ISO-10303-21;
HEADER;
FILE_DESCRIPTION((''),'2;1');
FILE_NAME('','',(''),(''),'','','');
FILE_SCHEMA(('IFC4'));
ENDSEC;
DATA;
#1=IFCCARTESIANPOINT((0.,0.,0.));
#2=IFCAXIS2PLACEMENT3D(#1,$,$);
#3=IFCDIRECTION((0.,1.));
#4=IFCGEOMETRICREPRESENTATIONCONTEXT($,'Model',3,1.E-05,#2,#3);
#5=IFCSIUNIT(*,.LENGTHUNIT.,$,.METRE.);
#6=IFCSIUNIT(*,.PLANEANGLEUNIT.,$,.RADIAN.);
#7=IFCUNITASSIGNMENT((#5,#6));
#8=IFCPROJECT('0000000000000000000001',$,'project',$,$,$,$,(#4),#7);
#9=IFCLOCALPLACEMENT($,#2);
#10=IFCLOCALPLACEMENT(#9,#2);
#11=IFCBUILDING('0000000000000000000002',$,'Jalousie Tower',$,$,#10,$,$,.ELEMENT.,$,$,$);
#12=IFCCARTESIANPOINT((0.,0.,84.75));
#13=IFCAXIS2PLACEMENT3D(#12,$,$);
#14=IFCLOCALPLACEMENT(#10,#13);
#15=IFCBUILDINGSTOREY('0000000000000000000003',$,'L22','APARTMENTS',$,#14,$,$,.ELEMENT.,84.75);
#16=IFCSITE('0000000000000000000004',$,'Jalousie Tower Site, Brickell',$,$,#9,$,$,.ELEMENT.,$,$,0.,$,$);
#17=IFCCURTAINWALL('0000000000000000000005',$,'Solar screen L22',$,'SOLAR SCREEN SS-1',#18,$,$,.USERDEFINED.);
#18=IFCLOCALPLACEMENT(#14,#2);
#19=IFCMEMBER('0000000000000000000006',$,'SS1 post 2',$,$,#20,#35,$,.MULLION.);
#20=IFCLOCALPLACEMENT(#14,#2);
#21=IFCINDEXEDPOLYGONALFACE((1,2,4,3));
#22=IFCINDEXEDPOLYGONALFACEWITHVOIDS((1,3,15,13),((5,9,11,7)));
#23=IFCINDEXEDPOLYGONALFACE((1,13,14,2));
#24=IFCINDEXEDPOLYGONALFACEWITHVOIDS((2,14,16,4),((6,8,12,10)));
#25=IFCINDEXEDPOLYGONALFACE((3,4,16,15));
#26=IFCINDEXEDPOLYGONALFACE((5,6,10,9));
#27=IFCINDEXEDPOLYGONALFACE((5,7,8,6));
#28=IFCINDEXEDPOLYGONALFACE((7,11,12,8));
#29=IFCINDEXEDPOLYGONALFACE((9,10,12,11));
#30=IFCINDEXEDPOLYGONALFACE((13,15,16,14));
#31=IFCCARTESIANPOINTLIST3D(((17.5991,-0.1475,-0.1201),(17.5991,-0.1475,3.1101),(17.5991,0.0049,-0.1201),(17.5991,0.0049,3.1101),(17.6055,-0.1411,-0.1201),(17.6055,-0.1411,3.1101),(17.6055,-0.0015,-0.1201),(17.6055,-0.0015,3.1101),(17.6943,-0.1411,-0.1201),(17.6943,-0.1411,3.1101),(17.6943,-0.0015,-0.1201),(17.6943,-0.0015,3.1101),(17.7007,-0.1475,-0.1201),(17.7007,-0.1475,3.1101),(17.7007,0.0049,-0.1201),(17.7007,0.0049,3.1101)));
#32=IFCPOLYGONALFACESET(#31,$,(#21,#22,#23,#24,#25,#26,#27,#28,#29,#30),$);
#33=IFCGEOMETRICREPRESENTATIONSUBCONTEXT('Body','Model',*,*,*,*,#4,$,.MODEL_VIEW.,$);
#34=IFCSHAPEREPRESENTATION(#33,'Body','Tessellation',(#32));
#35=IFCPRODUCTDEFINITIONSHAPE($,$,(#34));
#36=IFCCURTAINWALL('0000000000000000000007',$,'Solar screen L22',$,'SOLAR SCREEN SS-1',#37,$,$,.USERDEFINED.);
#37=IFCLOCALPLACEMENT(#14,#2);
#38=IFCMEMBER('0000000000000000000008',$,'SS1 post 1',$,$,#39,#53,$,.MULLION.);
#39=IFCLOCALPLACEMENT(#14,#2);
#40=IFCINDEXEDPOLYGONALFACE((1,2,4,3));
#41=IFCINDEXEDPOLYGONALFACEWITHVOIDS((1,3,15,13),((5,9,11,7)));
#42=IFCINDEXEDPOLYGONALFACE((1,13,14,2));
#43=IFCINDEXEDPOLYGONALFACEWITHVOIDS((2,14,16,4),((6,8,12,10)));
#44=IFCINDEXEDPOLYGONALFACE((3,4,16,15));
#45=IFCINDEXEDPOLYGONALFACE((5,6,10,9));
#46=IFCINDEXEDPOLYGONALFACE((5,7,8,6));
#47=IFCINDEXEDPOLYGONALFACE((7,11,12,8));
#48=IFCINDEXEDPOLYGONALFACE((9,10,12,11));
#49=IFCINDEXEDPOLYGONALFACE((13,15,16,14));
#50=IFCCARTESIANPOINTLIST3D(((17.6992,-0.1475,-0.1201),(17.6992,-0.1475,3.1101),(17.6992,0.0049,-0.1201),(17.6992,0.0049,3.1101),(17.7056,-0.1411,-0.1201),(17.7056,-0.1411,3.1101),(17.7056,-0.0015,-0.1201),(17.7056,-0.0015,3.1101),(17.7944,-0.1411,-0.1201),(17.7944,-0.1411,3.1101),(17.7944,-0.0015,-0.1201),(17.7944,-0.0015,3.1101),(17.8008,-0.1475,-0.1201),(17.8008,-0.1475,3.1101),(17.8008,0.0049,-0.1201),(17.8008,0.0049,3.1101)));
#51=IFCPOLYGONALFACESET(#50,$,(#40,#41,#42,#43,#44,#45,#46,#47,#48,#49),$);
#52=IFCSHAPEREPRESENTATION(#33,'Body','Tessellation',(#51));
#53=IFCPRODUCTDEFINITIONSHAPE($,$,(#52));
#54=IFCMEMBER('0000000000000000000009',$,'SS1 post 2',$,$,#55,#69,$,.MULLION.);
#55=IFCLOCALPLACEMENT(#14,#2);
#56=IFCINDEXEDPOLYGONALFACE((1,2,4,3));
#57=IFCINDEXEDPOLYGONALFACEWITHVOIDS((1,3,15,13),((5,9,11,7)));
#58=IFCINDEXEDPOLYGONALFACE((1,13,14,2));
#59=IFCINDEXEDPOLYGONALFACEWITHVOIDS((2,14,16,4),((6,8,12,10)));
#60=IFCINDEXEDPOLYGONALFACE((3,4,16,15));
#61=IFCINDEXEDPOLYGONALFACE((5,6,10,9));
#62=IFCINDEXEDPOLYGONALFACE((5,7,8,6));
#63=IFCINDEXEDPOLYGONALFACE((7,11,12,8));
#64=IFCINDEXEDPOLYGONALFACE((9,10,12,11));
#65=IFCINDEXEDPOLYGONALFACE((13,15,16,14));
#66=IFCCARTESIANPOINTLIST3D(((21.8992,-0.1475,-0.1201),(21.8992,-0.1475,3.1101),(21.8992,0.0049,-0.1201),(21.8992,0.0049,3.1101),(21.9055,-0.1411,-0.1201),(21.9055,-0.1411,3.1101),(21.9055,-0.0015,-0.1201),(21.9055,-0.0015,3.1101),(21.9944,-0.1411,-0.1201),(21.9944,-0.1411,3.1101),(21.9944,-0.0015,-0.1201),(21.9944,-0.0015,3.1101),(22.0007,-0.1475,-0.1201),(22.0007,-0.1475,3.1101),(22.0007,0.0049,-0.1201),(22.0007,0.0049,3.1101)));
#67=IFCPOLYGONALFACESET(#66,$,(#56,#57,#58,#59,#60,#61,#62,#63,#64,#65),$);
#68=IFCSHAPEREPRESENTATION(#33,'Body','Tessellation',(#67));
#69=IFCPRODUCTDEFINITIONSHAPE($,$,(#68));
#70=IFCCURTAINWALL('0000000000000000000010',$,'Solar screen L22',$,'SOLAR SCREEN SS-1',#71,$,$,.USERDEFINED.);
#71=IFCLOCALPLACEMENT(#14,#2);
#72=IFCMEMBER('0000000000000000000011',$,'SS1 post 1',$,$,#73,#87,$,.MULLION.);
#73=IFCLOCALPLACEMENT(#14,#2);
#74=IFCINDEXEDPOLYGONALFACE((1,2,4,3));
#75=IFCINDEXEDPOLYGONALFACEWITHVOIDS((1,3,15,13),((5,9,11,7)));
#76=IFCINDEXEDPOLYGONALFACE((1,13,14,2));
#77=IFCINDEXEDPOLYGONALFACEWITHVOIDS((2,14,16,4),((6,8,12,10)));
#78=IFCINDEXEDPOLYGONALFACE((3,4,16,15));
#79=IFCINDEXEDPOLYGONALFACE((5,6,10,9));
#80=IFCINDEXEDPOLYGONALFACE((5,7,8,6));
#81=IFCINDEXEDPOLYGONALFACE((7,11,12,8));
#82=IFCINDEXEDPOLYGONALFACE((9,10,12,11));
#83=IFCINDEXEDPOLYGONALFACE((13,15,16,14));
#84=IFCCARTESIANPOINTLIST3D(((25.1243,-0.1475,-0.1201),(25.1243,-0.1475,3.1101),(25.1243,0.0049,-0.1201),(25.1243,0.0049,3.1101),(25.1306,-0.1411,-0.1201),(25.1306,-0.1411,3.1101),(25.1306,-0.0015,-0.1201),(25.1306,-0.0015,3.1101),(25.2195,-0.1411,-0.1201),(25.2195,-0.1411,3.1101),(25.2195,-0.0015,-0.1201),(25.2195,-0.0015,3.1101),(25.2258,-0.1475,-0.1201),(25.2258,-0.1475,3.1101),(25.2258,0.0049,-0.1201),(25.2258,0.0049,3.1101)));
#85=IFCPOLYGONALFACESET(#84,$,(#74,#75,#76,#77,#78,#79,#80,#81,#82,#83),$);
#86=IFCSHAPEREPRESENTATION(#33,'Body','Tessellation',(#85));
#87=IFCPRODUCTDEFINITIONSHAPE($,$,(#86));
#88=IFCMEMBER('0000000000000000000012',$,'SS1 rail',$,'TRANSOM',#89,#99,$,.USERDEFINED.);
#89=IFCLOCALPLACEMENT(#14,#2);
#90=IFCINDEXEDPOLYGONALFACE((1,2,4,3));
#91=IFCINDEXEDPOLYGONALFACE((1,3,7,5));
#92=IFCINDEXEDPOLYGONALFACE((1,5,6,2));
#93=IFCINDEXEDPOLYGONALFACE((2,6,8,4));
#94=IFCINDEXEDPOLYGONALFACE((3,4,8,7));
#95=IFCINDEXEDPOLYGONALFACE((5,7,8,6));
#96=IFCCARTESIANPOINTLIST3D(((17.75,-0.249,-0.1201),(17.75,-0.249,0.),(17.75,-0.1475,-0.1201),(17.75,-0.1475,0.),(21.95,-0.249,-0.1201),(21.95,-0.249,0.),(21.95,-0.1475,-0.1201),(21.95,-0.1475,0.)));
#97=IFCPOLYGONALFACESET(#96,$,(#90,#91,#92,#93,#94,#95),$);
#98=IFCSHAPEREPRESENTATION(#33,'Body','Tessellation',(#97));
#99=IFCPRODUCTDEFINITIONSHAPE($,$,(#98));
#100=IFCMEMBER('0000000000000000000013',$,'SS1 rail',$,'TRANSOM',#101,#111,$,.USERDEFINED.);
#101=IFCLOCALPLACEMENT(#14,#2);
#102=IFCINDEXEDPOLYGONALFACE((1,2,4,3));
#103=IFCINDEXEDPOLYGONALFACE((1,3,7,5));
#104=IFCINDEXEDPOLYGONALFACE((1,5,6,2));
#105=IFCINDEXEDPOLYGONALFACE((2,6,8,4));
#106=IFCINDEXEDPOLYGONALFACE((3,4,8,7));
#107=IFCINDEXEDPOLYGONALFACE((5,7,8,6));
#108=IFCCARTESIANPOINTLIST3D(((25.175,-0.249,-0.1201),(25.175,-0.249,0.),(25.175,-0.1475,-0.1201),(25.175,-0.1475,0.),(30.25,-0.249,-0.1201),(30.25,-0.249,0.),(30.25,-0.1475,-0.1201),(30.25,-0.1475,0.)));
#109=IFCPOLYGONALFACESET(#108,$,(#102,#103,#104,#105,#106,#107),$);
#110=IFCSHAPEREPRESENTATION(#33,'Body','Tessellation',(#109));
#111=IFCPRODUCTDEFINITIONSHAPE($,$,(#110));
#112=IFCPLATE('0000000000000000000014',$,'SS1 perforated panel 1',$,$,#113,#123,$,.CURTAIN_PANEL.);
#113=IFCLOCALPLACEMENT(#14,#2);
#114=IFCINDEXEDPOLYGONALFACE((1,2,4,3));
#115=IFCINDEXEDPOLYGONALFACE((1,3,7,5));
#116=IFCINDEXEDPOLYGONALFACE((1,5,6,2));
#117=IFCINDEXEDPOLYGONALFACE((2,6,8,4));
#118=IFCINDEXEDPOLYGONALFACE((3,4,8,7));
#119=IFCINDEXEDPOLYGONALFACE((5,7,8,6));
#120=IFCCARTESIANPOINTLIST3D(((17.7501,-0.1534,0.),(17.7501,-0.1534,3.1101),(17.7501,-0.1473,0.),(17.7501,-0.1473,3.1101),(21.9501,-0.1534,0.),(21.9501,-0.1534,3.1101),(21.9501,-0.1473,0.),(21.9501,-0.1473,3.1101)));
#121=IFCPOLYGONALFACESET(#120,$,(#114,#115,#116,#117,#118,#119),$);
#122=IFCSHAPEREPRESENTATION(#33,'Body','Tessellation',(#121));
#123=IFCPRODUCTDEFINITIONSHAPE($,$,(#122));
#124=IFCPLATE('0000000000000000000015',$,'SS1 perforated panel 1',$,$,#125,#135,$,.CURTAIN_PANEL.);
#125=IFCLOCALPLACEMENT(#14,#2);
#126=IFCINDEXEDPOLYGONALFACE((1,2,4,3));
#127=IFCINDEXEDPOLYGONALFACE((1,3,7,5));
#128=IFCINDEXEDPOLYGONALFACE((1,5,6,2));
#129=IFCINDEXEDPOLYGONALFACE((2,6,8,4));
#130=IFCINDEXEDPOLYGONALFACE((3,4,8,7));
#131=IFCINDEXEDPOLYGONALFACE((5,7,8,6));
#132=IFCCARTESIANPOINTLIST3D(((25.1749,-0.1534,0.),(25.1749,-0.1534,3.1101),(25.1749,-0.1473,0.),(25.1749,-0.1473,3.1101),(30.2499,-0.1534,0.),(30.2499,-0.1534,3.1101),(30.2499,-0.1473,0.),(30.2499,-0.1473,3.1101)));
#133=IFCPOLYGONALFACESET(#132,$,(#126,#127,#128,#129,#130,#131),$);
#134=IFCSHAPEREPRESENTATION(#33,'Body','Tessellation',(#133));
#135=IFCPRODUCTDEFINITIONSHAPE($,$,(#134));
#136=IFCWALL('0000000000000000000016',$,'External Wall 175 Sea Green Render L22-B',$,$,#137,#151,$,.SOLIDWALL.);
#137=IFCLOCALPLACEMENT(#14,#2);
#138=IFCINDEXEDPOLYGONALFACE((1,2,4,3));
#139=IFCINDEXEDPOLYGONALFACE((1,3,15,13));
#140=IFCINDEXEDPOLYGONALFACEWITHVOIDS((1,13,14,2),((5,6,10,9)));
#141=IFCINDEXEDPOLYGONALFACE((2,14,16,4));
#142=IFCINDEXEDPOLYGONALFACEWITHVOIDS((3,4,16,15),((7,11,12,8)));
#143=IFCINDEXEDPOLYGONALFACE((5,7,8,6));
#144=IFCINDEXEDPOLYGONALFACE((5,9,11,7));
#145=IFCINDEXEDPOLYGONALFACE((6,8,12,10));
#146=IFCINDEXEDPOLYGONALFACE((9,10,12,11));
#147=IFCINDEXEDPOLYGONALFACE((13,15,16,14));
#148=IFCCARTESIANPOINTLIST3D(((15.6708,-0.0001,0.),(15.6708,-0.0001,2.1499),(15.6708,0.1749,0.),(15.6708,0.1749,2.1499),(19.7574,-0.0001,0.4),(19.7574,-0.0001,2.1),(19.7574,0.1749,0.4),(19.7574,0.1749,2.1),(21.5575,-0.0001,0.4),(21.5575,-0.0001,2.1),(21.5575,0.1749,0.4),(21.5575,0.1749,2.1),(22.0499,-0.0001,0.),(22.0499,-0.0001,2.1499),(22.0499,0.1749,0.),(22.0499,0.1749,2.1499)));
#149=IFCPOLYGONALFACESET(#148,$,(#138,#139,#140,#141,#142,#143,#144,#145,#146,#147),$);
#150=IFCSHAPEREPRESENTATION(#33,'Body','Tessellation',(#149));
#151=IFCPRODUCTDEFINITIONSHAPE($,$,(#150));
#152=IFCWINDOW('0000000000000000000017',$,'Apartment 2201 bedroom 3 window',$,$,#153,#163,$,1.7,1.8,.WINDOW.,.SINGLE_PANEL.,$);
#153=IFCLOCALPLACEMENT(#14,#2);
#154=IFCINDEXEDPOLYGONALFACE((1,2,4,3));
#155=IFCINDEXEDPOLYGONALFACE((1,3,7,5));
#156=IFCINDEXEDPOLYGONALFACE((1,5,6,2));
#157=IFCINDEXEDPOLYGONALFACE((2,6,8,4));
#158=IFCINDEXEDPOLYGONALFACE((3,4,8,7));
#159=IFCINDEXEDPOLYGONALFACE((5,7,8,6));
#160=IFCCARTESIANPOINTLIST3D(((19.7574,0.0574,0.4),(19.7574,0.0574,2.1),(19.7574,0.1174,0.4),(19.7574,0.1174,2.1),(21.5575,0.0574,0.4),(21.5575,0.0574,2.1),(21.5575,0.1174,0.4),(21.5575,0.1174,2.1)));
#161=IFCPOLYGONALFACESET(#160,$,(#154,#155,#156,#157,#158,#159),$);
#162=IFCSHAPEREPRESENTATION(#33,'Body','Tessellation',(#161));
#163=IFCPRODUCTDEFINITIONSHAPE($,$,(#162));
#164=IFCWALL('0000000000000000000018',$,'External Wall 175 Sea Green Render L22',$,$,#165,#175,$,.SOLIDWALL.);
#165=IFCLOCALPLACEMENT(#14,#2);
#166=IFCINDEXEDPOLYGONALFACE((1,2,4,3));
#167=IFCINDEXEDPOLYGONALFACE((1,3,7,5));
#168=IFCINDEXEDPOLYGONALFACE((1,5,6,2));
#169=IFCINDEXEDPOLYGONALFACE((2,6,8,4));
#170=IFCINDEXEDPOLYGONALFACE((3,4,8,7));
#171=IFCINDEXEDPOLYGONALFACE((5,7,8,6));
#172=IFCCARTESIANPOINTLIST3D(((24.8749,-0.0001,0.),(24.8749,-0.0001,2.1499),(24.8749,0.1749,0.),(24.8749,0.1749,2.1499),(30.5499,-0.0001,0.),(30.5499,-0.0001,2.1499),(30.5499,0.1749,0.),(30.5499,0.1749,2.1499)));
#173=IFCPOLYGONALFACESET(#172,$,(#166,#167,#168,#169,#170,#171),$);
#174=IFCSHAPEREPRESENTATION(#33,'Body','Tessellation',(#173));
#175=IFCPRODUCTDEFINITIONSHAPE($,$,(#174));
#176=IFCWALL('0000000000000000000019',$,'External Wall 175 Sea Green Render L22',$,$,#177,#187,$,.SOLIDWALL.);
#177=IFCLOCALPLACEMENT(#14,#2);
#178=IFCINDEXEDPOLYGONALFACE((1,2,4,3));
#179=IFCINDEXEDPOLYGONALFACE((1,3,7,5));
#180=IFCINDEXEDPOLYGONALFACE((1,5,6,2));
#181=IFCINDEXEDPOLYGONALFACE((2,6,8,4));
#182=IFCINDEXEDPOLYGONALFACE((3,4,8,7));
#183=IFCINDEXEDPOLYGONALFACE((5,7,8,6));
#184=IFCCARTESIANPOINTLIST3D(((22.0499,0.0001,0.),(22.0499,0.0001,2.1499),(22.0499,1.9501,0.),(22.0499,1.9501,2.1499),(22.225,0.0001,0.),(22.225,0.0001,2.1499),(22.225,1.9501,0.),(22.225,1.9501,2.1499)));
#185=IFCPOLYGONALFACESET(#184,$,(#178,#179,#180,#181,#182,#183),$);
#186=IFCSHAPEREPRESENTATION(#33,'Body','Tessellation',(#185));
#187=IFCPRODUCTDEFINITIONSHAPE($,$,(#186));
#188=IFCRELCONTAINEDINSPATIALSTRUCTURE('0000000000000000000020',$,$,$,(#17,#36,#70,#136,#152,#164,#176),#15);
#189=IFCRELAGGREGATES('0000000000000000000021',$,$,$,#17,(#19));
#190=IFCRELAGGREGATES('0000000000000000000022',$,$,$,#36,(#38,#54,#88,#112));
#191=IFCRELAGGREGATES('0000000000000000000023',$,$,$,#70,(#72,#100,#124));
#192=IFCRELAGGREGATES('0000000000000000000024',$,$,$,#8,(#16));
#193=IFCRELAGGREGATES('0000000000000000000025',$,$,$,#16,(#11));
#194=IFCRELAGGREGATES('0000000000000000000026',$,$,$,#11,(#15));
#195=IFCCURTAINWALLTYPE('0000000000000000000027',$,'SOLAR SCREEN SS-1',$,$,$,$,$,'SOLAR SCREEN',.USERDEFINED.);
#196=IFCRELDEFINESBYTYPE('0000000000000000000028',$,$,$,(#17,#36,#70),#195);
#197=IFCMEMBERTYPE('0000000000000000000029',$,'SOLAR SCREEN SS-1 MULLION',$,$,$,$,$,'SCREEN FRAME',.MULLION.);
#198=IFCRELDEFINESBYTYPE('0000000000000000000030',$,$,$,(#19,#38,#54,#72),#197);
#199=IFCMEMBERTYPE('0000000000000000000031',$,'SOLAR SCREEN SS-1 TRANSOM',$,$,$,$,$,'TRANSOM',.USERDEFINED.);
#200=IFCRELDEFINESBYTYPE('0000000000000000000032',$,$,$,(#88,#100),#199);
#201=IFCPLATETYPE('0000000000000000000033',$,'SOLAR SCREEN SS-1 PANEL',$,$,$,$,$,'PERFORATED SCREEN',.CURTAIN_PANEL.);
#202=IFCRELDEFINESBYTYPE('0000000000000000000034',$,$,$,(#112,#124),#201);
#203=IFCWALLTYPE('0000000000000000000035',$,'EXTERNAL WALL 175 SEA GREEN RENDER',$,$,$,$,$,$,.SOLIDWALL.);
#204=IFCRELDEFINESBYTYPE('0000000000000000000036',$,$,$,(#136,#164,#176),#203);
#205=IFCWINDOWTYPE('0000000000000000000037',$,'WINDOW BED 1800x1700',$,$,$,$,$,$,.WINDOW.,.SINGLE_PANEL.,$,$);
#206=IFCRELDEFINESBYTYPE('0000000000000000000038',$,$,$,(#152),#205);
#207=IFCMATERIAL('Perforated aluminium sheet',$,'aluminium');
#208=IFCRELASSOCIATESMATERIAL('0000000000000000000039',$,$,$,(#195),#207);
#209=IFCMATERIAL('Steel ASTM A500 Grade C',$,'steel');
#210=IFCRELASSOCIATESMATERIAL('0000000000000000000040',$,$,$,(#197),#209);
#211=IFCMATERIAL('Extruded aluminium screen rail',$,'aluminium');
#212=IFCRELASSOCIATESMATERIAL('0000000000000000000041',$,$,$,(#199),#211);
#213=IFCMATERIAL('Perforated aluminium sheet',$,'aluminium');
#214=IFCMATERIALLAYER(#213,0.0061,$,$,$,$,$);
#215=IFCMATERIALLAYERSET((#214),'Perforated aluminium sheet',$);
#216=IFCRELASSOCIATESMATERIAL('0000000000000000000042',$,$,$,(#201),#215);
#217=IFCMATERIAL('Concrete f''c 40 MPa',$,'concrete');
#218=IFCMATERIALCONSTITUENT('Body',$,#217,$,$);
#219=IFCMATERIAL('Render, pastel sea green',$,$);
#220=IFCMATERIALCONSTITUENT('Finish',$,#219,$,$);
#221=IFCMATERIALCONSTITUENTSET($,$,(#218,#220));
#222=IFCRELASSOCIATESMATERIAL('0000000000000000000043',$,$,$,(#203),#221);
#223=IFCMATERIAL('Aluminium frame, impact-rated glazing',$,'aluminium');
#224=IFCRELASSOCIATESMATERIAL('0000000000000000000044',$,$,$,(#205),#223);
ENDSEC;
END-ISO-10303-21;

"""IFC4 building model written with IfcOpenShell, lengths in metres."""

from ifc_helpers import new_model, si_unit, direction, frame, frame_2d, origin, origin_2d, place, context, subcontext, project, spatial, rectangle, hollow_rectangle, extrude, material, layer, layer_set, constituent, constituent_set, material_profile, profile_set, type_object, element, fill, aggregate, save


model = new_model("IFC4")

# Units and contexts
model_context = context("Model", 3, precision=1e-05, world=origin(), true_north=direction((0.0, 1.0)))
body_context = subcontext(model_context, "Body", "Model", "MODEL_VIEW")
ifc_project = project(units=[si_unit("LENGTHUNIT", "METRE"), si_unit("PLANEANGLEUNIT", "RADIAN")], contexts=[model_context])

# Site, building, storey
site_placement = place(None, origin())
site = spatial("IfcSite", under=ifc_project, at=site_placement, Name="Jalousie Tower Site, Brickell", CompositionType="ELEMENT", RefElevation=0.0)
building_placement = place(site_placement, origin())
building = spatial("IfcBuilding", under=site, at=building_placement, Name="Jalousie Tower", CompositionType="ELEMENT")
storey_placement = place(building_placement, frame((0.0, 0.0, 84.75)))
storey = spatial("IfcBuildingStorey", under=building, at=storey_placement, Name="L22", Description="APARTMENTS", CompositionType="ELEMENT", Elevation=84.75)

# Curtain wall, member
ifc_material_1 = material(Name="Perforated aluminium sheet", Category="aluminium")
curtain_wall_type = type_object("IfcCurtainWallType", Name="SOLAR SCREEN SS-1", ElementType="SOLAR SCREEN", PredefinedType="USERDEFINED", material=ifc_material_1)
curtain_wall_1_placement = place(storey_placement, origin())
curtain_wall_1 = element("IfcCurtainWall", 1, at=curtain_wall_1_placement, inside=storey, type_object=curtain_wall_type, Name="Solar screen L22", ObjectType="SOLAR SCREEN SS-1", PredefinedType="USERDEFINED")
ifc_material_2 = material(Name="Steel ASTM A500 Grade C", Category="steel")
ifc_material_profile_1 = material_profile(ifc_material_2, hollow_rectangle(XDim=0.1016, YDim=0.1523, WallThickness=0.0063, at=origin_2d()), Name="HSS6X4X1/4")
ifc_profile_set_1 = profile_set([ifc_material_profile_1], Name="Steel ASTM A500 Grade C")
member_type_1 = type_object("IfcMemberType", Name="SOLAR SCREEN SS-1 MULLION", ElementType="SCREEN FRAME", PredefinedType="MULLION", material=ifc_profile_set_1)
member_1_placement = place(storey_placement, frame((17.6499, -0.0713, -0.1201), z_axis=(0.0, 0.0, 1.0), x_axis=(1.0, 0.0, 0.0)))
member_1 = element("IfcMember", 2, at=member_1_placement, type_object=member_type_1, Name="SS1 post 2", PredefinedType="MULLION", context=body_context, shape_type="SweptSolid", body=[
    extrude(hollow_rectangle(XDim=0.1016, YDim=0.1523, WallThickness=0.0063, at=origin_2d()), origin(), (0.0, 0.0, 1.0), 3.2302),
])
aggregate(curtain_wall_1, [member_1])

# Curtain wall, members
curtain_wall_2_placement = place(storey_placement, origin())
curtain_wall_2 = element("IfcCurtainWall", 3, at=curtain_wall_2_placement, inside=storey, type_object=curtain_wall_type, Name="Solar screen L22", ObjectType="SOLAR SCREEN SS-1", PredefinedType="USERDEFINED")
member_2_placement = place(storey_placement, frame((17.75, -0.0713, -0.1201), z_axis=(0.0, 0.0, 1.0), x_axis=(1.0, 0.0, 0.0)))
member_2 = element("IfcMember", 4, at=member_2_placement, type_object=member_type_1, Name="SS1 post 1", PredefinedType="MULLION", context=body_context, shape_type="SweptSolid", body=[
    extrude(hollow_rectangle(XDim=0.1016, YDim=0.1523, WallThickness=0.0063, at=origin_2d()), origin(), (0.0, 0.0, 1.0), 3.2302),
])
member_3_placement = place(storey_placement, frame((21.95, -0.0713, -0.1201), z_axis=(0.0, 0.0, 1.0), x_axis=(1.0, 0.0, 0.0)))
member_3 = element("IfcMember", 5, at=member_3_placement, type_object=member_type_1, Name="SS1 post 2", PredefinedType="MULLION", context=body_context, shape_type="SweptSolid", body=[
    extrude(hollow_rectangle(XDim=0.1016, YDim=0.1523, WallThickness=0.0063, at=origin_2d()), origin(), (0.0, 0.0, 1.0), 3.2302),
])

# Curtain wall, member
curtain_wall_3_placement = place(storey_placement, origin())
curtain_wall_3 = element("IfcCurtainWall", 6, at=curtain_wall_3_placement, inside=storey, type_object=curtain_wall_type, Name="Solar screen L22", ObjectType="SOLAR SCREEN SS-1", PredefinedType="USERDEFINED")
member_4_placement = place(storey_placement, frame((25.175, -0.0713, -0.1201), z_axis=(0.0, 0.0, 1.0), x_axis=(1.0, 0.0, 0.0)))
member_4 = element("IfcMember", 7, at=member_4_placement, type_object=member_type_1, Name="SS1 post 1", PredefinedType="MULLION", context=body_context, shape_type="SweptSolid", body=[
    extrude(hollow_rectangle(XDim=0.1016, YDim=0.1523, WallThickness=0.0063, at=origin_2d()), origin(), (0.0, 0.0, 1.0), 3.2302),
])

# Members
ifc_material_3 = material(Name="Extruded aluminium screen rail", Category="aluminium")
ifc_material_profile_2 = material_profile(ifc_material_3, rectangle(XDim=0.1016, YDim=0.1201, at=origin_2d()), Name="RAIL 102x120")
ifc_profile_set_2 = profile_set([ifc_material_profile_2], Name="Extruded aluminium screen rail")
member_type_2 = type_object("IfcMemberType", Name="SOLAR SCREEN SS-1 TRANSOM", ElementType="TRANSOM", PredefinedType="USERDEFINED", material=ifc_profile_set_2)
member_5_placement = place(storey_placement, frame((17.75, -0.1982, -0.0601), z_axis=(1.0, 0.0, 0.0), x_axis=(0.0, 1.0, 0.0)))
member_5 = element("IfcMember", 8, at=member_5_placement, type_object=member_type_2, Name="SS1 rail", ObjectType="TRANSOM", PredefinedType="USERDEFINED", context=body_context, shape_type="SweptSolid", body=[
    extrude(rectangle(XDim=0.1016, YDim=0.1201, at=origin_2d()), origin(), (0.0, 0.0, 1.0), 4.2),
])
member_6_placement = place(storey_placement, frame((25.175, -0.1982, -0.0601), z_axis=(1.0, 0.0, 0.0), x_axis=(0.0, 1.0, 0.0)))
member_6 = element("IfcMember", 9, at=member_6_placement, type_object=member_type_2, Name="SS1 rail", ObjectType="TRANSOM", PredefinedType="USERDEFINED", context=body_context, shape_type="SweptSolid", body=[
    extrude(rectangle(XDim=0.1016, YDim=0.1201, at=origin_2d()), origin(), (0.0, 0.0, 1.0), 5.075),
])

# Plates
ifc_material_4 = material(Name="Perforated aluminium sheet", Category="aluminium")
ifc_layer_1 = layer(ifc_material_4, 0.0061)
ifc_layer_set_1 = layer_set([ifc_layer_1], Name="Perforated aluminium sheet")
plate_type = type_object("IfcPlateType", Name="SOLAR SCREEN SS-1 PANEL", ElementType="PERFORATED SCREEN", PredefinedType="CURTAIN_PANEL", material=ifc_layer_set_1)
plate_1_placement = place(storey_placement, frame((19.8501, -0.1504, 0.0), z_axis=(0.0, 0.0, 1.0), x_axis=(1.0, 0.0, 0.0)))
plate_1 = element("IfcPlate", 10, at=plate_1_placement, type_object=plate_type, Name="SS1 perforated panel 1", PredefinedType="CURTAIN_PANEL", context=body_context, shape_type="SweptSolid", body=[
    extrude(rectangle(XDim=4.2, YDim=0.0061, at=origin_2d()), origin(), (0.0, 0.0, 1.0), 3.1101),
])
aggregate(curtain_wall_2, [member_2, member_3, member_5, plate_1])
plate_2_placement = place(storey_placement, frame((27.7124, -0.1504, 0.0), z_axis=(0.0, 0.0, 1.0), x_axis=(1.0, 0.0, 0.0)))
plate_2 = element("IfcPlate", 11, at=plate_2_placement, type_object=plate_type, Name="SS1 perforated panel 1", PredefinedType="CURTAIN_PANEL", context=body_context, shape_type="SweptSolid", body=[
    extrude(rectangle(XDim=5.075, YDim=0.0061, at=origin_2d()), origin(), (0.0, 0.0, 1.0), 3.1101),
])
aggregate(curtain_wall_3, [member_4, member_6, plate_2])

# Wall, opening, window
ifc_material_5 = material(Name="Concrete f'c 40 MPa", Category="concrete")
ifc_constituent_1 = constituent(ifc_material_5, Name="Body")
ifc_material_6 = material(Name="Render, pastel sea green")
ifc_constituent_2 = constituent(ifc_material_6, Name="Finish")
ifc_constituent_set_1 = constituent_set(constituents=[ifc_constituent_1, ifc_constituent_2])
wall_type_1 = type_object("IfcWallType", Name="EXTERNAL WALL 175 SEA GREEN RENDER", PredefinedType="SOLIDWALL", material=ifc_constituent_set_1)
wall_1_placement = place(storey_placement, frame((15.6709, 0.0874, 0.0), z_axis=(0.0, 0.0, 1.0), x_axis=(1.0, 0.0, 0.0)))
wall_1 = element("IfcWall", 12, at=wall_1_placement, inside=storey, type_object=wall_type_1, Name="External Wall 175 Sea Green Render L22-B", PredefinedType="SOLIDWALL", context=body_context, shape_type="SweptSolid", body=[
    extrude(rectangle(XDim=6.3792, YDim=0.175, at=frame_2d((3.1895, 0.0))), origin(), (0.0, 0.0, 1.0), 2.1499),
])
opening_1_placement = place(wall_1_placement, frame((4.0867, 0.0, 0.3999)))
opening_1 = element("IfcOpeningElement", 13, at=opening_1_placement, cuts=wall_1, PredefinedType="OPENING", context=body_context, shape_type="SweptSolid", body=[
    extrude(rectangle(XDim=1.8, YDim=1.7, at=frame_2d((0.8999, 0.8501))), frame((0.0, 0.0974, 0.0), z_axis=(0.0, -1.0, 0.0), x_axis=(1.0, 0.0, 0.0)), (0.0, 0.0, 1.0), 0.1951),
])
ifc_material_7 = material(Name="Aluminium frame, impact-rated glazing", Category="aluminium")
window_type = type_object("IfcWindowType", Name="WINDOW BED 1800x1700", PartitioningType="SINGLE_PANEL", PredefinedType="WINDOW", material=ifc_material_7)
window_placement = place(opening_1_placement, origin())
window = element("IfcWindow", 14, at=window_placement, inside=storey, type_object=window_type, Name="Apartment 2201 bedroom 3 window", OverallHeight=1.7, OverallWidth=1.8, PartitioningType="SINGLE_PANEL", PredefinedType="WINDOW", context=body_context, shape_type="SweptSolid", body=[
    extrude(rectangle(XDim=1.8, YDim=1.7, at=frame_2d((0.8999, 0.8501))), frame((0.0, 0.03, 0.0), z_axis=(0.0, -1.0, 0.0), x_axis=(1.0, 0.0, 0.0)), (0.0, 0.0, 1.0), 0.0601),
])
fill(opening_1, window)

# Walls
wall_2_placement = place(storey_placement, frame((24.875, 0.0874, 0.0), z_axis=(0.0, 0.0, 1.0), x_axis=(1.0, 0.0, 0.0)))
element("IfcWall", 15, at=wall_2_placement, inside=storey, type_object=wall_type_1, Name="External Wall 175 Sea Green Render L22", PredefinedType="SOLIDWALL", context=body_context, shape_type="SweptSolid", body=[
    extrude(rectangle(XDim=5.675, YDim=0.175, at=frame_2d((2.8374, 0.0))), origin(), (0.0, 0.0, 1.0), 2.1499),
])
for number, where, z_axis, x_axis, name in (
    (16, (22.1375, 0.0, 0.0), (0.0, 0.0, 1.0), (0.0, 1.0, 0.0), "External Wall 175 Sea Green Render L22"),
):
    element("IfcWall", number, at=place(storey_placement, frame(where, z_axis=z_axis, x_axis=x_axis)), inside=storey, type_object=wall_type_1, Name=name, PredefinedType="SOLIDWALL", context=body_context, shape_type="SweptSolid", body=[
        extrude(rectangle(XDim=1.95, YDim=0.175, at=frame_2d((0.9751, 0.0))), origin(), (0.0, 0.0, 1.0), 2.1499),
    ])

save(model, "model.ifc")
